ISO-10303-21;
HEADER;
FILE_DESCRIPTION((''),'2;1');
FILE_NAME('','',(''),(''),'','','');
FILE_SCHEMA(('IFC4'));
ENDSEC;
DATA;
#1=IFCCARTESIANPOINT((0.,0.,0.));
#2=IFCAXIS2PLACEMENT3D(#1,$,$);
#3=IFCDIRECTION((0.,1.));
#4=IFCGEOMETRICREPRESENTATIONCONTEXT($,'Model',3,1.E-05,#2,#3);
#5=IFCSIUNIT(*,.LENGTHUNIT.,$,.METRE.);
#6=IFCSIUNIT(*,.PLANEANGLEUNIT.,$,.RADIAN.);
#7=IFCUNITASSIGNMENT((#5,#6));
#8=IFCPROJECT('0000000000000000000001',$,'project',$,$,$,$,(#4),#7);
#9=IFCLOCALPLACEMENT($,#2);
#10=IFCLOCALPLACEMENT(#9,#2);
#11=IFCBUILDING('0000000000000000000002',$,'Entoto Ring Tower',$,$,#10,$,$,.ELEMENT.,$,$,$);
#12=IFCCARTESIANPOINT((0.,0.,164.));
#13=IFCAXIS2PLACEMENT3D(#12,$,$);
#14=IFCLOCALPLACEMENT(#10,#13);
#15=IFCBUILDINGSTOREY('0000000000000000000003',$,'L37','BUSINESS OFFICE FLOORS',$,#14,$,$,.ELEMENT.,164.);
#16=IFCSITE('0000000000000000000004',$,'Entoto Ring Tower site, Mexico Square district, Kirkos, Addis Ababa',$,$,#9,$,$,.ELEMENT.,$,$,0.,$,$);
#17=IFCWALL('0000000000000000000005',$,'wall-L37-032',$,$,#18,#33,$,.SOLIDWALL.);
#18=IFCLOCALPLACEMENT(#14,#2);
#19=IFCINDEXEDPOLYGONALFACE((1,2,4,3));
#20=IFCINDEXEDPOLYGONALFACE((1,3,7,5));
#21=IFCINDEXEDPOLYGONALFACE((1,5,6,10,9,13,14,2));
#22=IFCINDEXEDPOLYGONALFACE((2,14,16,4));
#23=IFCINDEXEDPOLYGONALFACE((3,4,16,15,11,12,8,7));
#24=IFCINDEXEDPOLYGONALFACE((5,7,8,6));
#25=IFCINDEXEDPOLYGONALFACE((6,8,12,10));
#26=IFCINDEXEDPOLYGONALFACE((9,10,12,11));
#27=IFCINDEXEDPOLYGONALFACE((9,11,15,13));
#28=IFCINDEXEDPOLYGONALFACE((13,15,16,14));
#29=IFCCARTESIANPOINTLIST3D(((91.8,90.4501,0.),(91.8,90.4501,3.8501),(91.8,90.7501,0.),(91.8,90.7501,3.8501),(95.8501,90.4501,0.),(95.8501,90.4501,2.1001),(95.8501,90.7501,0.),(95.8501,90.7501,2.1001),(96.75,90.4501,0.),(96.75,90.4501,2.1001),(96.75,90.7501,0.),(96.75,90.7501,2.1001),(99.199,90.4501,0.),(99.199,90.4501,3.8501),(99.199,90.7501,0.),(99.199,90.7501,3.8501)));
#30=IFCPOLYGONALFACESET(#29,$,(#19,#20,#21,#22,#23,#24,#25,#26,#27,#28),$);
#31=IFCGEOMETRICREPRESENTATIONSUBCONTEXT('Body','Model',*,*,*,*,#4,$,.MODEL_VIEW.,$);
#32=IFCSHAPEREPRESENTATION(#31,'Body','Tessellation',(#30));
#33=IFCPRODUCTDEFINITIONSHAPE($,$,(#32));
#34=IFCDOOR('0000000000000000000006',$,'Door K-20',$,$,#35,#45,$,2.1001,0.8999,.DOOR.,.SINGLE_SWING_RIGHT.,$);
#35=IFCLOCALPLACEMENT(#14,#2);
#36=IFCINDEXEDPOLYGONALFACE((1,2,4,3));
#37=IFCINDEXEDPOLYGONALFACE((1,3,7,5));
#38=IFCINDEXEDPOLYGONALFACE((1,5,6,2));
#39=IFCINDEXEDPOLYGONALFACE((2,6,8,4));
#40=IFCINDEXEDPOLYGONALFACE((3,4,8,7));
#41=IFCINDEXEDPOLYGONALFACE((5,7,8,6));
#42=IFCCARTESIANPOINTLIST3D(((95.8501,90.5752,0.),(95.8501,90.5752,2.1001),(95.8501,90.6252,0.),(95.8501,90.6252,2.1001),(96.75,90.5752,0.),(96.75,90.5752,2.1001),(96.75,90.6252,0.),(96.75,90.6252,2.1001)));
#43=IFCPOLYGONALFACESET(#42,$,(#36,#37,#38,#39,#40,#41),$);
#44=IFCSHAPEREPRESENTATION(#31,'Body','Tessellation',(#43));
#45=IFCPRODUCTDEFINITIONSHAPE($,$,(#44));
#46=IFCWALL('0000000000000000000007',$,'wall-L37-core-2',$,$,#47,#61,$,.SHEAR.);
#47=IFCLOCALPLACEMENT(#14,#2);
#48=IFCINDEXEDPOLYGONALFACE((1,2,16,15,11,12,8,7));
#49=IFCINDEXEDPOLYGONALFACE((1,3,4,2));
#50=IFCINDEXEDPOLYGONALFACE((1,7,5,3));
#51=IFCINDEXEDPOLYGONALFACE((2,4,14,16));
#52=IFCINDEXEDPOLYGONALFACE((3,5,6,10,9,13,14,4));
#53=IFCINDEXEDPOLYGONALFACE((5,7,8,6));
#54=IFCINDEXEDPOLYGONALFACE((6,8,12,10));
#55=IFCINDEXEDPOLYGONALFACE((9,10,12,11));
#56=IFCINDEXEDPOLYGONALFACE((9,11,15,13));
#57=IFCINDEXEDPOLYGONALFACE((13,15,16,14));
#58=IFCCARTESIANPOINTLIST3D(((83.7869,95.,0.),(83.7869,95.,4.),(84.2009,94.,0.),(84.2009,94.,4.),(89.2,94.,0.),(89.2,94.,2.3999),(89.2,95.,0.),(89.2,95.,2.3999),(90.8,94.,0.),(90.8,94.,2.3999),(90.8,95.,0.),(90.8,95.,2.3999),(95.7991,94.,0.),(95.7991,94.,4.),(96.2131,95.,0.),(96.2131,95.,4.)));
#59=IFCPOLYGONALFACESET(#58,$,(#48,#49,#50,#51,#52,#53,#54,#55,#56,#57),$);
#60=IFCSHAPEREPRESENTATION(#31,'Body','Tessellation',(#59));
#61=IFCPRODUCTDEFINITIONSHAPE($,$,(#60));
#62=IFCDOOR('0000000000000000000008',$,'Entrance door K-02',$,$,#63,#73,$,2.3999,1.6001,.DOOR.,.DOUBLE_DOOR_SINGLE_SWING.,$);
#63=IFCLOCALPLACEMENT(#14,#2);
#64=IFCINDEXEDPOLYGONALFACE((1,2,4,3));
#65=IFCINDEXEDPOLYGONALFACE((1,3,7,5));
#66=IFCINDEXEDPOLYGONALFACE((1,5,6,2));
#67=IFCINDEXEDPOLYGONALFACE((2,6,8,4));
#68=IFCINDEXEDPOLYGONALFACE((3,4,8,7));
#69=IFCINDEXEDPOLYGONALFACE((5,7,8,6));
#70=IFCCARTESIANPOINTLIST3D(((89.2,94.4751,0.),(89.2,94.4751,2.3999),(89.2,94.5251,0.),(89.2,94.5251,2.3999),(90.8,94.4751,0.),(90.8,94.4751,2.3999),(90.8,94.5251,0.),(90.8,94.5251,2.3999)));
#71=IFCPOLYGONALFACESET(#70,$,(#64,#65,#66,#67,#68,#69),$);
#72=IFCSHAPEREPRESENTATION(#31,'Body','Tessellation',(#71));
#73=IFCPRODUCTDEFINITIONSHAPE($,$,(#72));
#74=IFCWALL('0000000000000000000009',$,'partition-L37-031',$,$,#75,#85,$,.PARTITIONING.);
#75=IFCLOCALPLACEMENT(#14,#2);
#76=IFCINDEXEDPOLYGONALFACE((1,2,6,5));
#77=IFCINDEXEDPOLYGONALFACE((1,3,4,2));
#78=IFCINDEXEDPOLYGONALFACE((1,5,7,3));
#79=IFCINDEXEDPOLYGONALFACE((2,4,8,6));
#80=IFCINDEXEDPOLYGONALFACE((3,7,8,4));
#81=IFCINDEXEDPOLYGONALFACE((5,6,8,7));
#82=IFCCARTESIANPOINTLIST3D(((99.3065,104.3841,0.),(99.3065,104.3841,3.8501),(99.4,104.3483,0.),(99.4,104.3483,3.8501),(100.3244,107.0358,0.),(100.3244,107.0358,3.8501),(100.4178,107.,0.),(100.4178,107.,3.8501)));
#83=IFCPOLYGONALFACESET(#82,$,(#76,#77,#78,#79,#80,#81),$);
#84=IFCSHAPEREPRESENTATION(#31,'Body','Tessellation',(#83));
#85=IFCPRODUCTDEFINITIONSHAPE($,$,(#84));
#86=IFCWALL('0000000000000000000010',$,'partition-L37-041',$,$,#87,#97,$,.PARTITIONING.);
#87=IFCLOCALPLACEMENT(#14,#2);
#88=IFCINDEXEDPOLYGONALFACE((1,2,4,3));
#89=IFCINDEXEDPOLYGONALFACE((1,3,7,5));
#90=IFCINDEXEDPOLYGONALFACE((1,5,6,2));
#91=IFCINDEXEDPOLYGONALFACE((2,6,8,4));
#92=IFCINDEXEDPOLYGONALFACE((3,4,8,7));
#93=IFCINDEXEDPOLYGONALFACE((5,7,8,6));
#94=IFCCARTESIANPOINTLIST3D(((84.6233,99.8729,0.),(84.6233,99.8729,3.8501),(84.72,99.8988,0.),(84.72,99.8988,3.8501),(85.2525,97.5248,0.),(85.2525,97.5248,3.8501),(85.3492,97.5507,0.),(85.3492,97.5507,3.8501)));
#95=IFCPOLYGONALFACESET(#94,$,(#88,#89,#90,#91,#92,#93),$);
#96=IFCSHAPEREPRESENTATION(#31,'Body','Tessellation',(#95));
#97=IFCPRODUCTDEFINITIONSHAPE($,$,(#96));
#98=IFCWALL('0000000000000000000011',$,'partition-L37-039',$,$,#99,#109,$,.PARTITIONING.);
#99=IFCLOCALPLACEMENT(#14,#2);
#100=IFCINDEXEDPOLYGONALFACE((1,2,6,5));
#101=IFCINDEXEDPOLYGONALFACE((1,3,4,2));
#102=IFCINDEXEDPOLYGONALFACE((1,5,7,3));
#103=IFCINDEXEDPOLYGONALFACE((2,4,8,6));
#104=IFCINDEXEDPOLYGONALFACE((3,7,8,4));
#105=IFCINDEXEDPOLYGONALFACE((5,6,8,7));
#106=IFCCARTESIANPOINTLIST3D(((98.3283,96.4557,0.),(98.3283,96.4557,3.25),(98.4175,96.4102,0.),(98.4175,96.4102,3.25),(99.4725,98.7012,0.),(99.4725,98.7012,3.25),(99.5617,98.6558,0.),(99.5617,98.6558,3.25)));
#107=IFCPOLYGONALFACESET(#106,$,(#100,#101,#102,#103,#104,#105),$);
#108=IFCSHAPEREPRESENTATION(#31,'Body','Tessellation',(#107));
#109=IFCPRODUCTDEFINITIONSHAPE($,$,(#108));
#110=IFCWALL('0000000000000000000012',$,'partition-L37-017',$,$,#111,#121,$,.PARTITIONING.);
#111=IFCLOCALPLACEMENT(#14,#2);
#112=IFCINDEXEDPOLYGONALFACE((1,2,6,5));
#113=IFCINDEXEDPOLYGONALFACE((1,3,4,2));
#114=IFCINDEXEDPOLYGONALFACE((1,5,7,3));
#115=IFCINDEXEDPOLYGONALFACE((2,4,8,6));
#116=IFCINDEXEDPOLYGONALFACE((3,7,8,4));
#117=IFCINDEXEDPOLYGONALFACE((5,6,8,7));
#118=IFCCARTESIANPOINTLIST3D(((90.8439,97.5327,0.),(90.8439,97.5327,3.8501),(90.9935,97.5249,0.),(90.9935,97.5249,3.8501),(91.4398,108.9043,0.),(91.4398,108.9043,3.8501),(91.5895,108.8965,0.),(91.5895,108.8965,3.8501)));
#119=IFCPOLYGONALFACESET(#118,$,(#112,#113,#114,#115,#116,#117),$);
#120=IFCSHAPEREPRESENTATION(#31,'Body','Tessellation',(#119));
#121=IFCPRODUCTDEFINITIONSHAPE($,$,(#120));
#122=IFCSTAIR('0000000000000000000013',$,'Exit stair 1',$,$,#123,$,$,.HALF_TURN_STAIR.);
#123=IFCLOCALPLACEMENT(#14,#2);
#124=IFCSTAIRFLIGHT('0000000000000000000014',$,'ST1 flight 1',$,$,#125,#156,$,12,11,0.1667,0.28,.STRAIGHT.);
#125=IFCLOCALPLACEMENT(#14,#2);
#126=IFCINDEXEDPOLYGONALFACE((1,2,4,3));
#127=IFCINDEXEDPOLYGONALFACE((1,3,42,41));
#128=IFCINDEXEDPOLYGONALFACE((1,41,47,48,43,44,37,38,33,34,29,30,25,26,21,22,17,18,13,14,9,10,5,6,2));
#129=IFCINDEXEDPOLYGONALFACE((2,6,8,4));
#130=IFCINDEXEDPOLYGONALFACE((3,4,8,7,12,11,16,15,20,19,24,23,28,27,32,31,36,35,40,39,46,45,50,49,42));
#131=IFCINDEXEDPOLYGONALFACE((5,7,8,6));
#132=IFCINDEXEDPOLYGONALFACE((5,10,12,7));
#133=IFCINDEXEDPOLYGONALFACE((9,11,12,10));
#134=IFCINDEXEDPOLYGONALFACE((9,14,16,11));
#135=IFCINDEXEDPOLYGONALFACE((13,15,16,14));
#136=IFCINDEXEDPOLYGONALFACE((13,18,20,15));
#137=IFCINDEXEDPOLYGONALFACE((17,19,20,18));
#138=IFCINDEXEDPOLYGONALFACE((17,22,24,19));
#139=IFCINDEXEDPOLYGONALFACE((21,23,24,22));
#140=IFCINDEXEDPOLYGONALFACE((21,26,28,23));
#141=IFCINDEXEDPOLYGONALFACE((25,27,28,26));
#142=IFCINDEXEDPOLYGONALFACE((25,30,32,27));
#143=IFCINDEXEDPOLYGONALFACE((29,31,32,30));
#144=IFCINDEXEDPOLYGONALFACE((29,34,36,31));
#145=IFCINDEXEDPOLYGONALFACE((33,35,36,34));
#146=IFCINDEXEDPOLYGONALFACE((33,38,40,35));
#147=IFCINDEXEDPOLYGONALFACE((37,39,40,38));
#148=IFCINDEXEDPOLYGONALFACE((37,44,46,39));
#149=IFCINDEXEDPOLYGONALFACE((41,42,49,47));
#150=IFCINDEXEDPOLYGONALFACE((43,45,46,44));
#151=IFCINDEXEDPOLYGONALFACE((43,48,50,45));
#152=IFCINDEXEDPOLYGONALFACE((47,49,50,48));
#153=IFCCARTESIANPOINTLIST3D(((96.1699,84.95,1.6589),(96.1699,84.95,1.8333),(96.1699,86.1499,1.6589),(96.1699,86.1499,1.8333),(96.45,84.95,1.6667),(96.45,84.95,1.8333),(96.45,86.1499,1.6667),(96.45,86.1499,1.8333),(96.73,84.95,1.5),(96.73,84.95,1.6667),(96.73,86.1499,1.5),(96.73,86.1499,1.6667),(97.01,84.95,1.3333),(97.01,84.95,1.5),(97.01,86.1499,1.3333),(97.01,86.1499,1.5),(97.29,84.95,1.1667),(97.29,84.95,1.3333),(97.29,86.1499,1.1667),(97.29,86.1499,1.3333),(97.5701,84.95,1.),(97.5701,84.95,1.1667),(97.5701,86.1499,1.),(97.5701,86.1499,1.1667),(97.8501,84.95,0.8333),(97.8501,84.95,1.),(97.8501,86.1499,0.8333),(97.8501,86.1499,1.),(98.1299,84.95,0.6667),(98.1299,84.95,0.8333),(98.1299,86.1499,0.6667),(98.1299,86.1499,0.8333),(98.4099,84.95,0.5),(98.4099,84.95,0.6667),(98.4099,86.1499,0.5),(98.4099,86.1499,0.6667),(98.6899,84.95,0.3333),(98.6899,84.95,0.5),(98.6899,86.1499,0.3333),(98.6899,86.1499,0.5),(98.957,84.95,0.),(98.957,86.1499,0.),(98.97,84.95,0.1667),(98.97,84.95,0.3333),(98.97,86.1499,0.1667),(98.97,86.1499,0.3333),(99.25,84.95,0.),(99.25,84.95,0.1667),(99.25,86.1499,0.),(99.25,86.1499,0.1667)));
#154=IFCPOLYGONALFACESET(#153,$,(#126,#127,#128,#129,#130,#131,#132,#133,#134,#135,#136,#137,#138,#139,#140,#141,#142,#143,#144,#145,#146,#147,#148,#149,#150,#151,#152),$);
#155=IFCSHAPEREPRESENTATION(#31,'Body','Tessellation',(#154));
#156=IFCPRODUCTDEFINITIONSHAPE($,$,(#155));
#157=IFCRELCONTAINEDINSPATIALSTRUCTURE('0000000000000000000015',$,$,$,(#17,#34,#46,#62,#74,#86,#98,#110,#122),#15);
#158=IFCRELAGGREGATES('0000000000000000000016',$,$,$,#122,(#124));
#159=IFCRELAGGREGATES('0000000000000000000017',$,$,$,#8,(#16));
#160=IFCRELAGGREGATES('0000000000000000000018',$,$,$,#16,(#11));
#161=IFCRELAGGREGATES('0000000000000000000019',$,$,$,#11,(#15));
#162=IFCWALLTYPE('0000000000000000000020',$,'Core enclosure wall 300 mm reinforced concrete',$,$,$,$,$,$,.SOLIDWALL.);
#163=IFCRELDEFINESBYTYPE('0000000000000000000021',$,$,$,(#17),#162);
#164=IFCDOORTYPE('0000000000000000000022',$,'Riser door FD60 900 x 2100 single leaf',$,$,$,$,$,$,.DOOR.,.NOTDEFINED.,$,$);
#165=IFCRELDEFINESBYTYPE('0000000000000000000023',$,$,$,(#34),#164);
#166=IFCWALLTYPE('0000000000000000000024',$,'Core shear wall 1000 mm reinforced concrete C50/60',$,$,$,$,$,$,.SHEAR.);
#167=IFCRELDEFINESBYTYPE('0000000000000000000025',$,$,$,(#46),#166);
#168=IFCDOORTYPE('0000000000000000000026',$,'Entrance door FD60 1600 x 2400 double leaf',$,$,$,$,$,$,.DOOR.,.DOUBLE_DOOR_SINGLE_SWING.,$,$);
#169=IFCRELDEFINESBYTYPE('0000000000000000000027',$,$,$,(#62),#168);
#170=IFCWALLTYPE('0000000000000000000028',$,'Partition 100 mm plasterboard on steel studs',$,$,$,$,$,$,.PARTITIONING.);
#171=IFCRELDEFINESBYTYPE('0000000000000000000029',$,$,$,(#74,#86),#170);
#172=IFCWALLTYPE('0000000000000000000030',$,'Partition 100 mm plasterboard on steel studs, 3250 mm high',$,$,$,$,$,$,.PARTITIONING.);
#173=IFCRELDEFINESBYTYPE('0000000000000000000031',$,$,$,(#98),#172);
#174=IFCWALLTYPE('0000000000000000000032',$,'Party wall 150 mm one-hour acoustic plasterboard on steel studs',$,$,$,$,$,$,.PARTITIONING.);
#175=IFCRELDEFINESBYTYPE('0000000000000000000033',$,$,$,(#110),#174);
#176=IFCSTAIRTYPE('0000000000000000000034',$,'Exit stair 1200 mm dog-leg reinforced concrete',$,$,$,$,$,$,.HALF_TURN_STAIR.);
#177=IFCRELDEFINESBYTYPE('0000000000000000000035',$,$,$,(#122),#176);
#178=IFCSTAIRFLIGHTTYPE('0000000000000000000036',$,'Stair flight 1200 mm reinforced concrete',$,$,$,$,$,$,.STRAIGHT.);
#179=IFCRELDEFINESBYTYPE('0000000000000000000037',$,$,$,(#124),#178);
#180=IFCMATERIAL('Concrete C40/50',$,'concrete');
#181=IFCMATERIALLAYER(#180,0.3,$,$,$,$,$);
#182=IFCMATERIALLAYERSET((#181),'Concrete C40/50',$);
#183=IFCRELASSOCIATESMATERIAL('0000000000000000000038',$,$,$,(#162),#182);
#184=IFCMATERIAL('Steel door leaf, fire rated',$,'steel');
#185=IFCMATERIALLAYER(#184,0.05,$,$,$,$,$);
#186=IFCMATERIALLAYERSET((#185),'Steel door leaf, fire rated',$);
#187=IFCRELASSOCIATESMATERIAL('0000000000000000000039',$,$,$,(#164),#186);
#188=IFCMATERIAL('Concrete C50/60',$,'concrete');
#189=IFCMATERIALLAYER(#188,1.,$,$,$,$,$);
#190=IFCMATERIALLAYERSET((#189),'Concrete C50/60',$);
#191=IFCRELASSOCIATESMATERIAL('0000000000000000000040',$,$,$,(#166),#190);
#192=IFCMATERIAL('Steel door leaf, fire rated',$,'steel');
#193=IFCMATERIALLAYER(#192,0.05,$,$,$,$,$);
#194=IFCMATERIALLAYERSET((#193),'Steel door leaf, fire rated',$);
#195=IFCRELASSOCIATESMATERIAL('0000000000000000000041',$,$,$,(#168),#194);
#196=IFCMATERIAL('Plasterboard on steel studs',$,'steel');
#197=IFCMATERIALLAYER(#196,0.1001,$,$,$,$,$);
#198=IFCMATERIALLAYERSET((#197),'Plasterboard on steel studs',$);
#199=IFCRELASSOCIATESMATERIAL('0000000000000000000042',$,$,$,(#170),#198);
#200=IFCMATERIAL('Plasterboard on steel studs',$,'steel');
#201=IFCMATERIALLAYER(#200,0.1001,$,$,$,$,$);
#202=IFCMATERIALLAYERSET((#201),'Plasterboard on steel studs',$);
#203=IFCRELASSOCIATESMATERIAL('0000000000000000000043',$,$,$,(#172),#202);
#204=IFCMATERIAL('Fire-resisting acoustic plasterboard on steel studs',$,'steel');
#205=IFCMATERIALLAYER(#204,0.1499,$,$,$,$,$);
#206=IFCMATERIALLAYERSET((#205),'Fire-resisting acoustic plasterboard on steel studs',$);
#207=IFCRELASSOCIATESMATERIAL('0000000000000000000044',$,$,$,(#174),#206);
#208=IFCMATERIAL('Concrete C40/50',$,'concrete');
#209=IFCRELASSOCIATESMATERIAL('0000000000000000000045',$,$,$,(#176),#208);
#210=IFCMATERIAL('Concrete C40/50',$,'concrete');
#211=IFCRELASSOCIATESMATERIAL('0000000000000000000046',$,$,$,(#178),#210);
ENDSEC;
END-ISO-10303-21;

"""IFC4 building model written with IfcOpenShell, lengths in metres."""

from ifc_helpers import new_model, si_unit, direction, frame, frame_2d, origin, place, context, subcontext, project, spatial, polyline, rectangle, outline, extrude, material, layer, layer_set, type_object, element, fill, aggregate, save


model = new_model("IFC4")

# Units and contexts
model_context = context("Model", 3, precision=1e-05, world=origin(), true_north=direction((0.0, 1.0)))
body_context = subcontext(model_context, "Body", "Model", "MODEL_VIEW")
ifc_project = project(units=[si_unit("LENGTHUNIT", "METRE"), si_unit("PLANEANGLEUNIT", "RADIAN")], contexts=[model_context])

# Site, building, storey
site_placement = place(None, origin())
site = spatial("IfcSite", under=ifc_project, at=site_placement, Name="Entoto Ring Tower site, Mexico Square district, Kirkos, Addis Ababa", CompositionType="ELEMENT", RefElevation=0.0)
building_placement = place(site_placement, origin())
building = spatial("IfcBuilding", under=site, at=building_placement, Name="Entoto Ring Tower", CompositionType="ELEMENT")
storey_placement = place(building_placement, frame((0.0, 0.0, 164.0)))
storey = spatial("IfcBuildingStorey", under=building, at=storey_placement, Name="L37", Description="BUSINESS OFFICE FLOORS", CompositionType="ELEMENT", Elevation=164.0)

# Shared definitions
ifc_material_1 = material(Name="Concrete C40/50", Category="concrete")
ifc_layer_1 = layer(ifc_material_1, 0.3)
ifc_layer_set_1 = layer_set([ifc_layer_1], Name="Concrete C40/50")
wall_type_1 = type_object("IfcWallType", Name="Core enclosure wall 300 mm reinforced concrete", PredefinedType="SOLIDWALL", material=ifc_layer_set_1)

# Walls, openings, doors
wall_1_placement = place(storey_placement, frame((91.8, 90.6001, 0.0), z_axis=(0.0, 0.0, 1.0), x_axis=(1.0, 0.0, 0.0)))
wall_1 = element("IfcWall", 1, at=wall_1_placement, inside=storey, type_object=wall_type_1, Name="wall-L37-032", PredefinedType="SOLIDWALL", context=body_context, shape_type="SweptSolid", body=[
    extrude(rectangle(XDim=7.3989, YDim=0.3, at=frame_2d((3.6995, 0.0))), origin(), (0.0, 0.0, 1.0), 3.8501),
])
opening_1_placement = place(wall_1_placement, frame((4.05, 0.0, 0.0)))
opening_1 = element("IfcOpeningElement", 2, at=opening_1_placement, cuts=wall_1, PredefinedType="OPENING", context=body_context, shape_type="SweptSolid", body=[
    extrude(rectangle(XDim=0.8999, YDim=2.1001, at=frame_2d((0.45, 1.05))), frame((0.0, 0.1602, 0.0), z_axis=(0.0, -1.0, 0.0), x_axis=(1.0, 0.0, 0.0)), (0.0, 0.0, 1.0), 0.3201),
])
ifc_material_2 = material(Name="Steel door leaf, fire rated", Category="steel")
ifc_layer_2 = layer(ifc_material_2, 0.05)
ifc_layer_set_2 = layer_set([ifc_layer_2], Name="Steel door leaf, fire rated")
door_type_1 = type_object("IfcDoorType", Name="Riser door FD60 900 x 2100 single leaf", OperationType="NOTDEFINED", PredefinedType="DOOR", material=ifc_layer_set_2)
door_1_placement = place(opening_1_placement, frame((0.8999, 0.0, 0.0), z_axis=(0.0, 0.0, 1.0), x_axis=(-1.0, 0.0, 0.0)))
door_1 = element("IfcDoor", 3, at=door_1_placement, inside=storey, type_object=door_type_1, Name="Door K-20", OperationType="SINGLE_SWING_RIGHT", OverallHeight=2.1001, OverallWidth=0.8999, PredefinedType="DOOR", context=body_context, shape_type="SweptSolid", body=[
    extrude(rectangle(XDim=0.8999, YDim=2.1001, at=frame_2d((0.45, 1.05))), frame((0.0, 0.0249, 0.0), z_axis=(0.0, -1.0, 0.0), x_axis=(1.0, 0.0, 0.0)), (0.0, 0.0, 1.0), 0.05),
])
fill(opening_1, door_1)
ifc_material_3 = material(Name="Concrete C50/60", Category="concrete")
ifc_layer_3 = layer(ifc_material_3, 1.0)
ifc_layer_set_3 = layer_set([ifc_layer_3], Name="Concrete C50/60")
wall_type_2 = type_object("IfcWallType", Name="Core shear wall 1000 mm reinforced concrete C50/60", PredefinedType="SHEAR", material=ifc_layer_set_3)
wall_2_placement = place(storey_placement, frame((96.0061, 94.5, 0.0), z_axis=(0.0, 0.0, 1.0), x_axis=(-1.0, 0.0, 0.0)))
wall_2 = element("IfcWall", 4, at=wall_2_placement, inside=storey, type_object=wall_type_2, Name="wall-L37-core-2", PredefinedType="SHEAR", context=body_context, shape_type="SweptSolid", body=[
    extrude(outline(polyline([(-0.207, -0.5), (12.2192, -0.5), (11.8052, 0.5), (0.207, 0.5), (-0.207, -0.5)])), origin(), (0.0, 0.0, 1.0), 4.0),
])
opening_2_placement = place(wall_2_placement, frame((5.2061, 0.0, 0.0)))
opening_2 = element("IfcOpeningElement", 5, at=opening_2_placement, cuts=wall_2, PredefinedType="OPENING", context=body_context, shape_type="SweptSolid", body=[
    extrude(rectangle(XDim=1.6001, YDim=2.3999, at=frame_2d((0.8, 1.2))), frame((0.0, 0.51, 0.0), z_axis=(0.0, -1.0, 0.0), x_axis=(1.0, 0.0, 0.0)), (0.0, 0.0, 1.0), 1.02),
])
ifc_material_4 = material(Name="Steel door leaf, fire rated", Category="steel")
ifc_layer_4 = layer(ifc_material_4, 0.05)
ifc_layer_set_4 = layer_set([ifc_layer_4], Name="Steel door leaf, fire rated")
door_type_2 = type_object("IfcDoorType", Name="Entrance door FD60 1600 x 2400 double leaf", OperationType="DOUBLE_DOOR_SINGLE_SWING", PredefinedType="DOOR", material=ifc_layer_set_4)
door_2_placement = place(opening_2_placement, origin())
door_2 = element("IfcDoor", 6, at=door_2_placement, inside=storey, type_object=door_type_2, Name="Entrance door K-02", OperationType="DOUBLE_DOOR_SINGLE_SWING", OverallHeight=2.3999, OverallWidth=1.6001, PredefinedType="DOOR", context=body_context, shape_type="SweptSolid", body=[
    extrude(rectangle(XDim=1.6001, YDim=2.3999, at=frame_2d((0.8, 1.2))), frame((0.0, 0.0249, 0.0), z_axis=(0.0, -1.0, 0.0), x_axis=(1.0, 0.0, 0.0)), (0.0, 0.0, 1.0), 0.05),
])
fill(opening_2, door_2)

# Walls
ifc_material_5 = material(Name="Plasterboard on steel studs", Category="steel")
ifc_layer_5 = layer(ifc_material_5, 0.1001)
ifc_layer_set_5 = layer_set([ifc_layer_5], Name="Plasterboard on steel studs")
wall_type_3 = type_object("IfcWallType", Name="Partition 100 mm plasterboard on steel studs", PredefinedType="PARTITIONING", material=ifc_layer_set_5)
wall_3_placement = place(storey_placement, frame((99.3533, 104.3662, 0.0), z_axis=(0.0, 0.0, 1.0), x_axis=(0.358357, 0.933585, 0.0)))
element("IfcWall", 7, at=wall_3_placement, inside=storey, type_object=wall_type_3, Name="partition-L37-031", PredefinedType="PARTITIONING", context=body_context, shape_type="SweptSolid", body=[
    extrude(rectangle(XDim=2.8403, YDim=0.1001, at=frame_2d((1.4202, 0.0))), origin(), (0.0, 0.0, 1.0), 3.8501),
])
wall_4_placement = place(storey_placement, frame((85.3008, 97.5378, 0.0), z_axis=(0.0, 0.0, 1.0), x_axis=(-0.258806, 0.965929, 0.0)))
element("IfcWall", 8, at=wall_4_placement, inside=storey, type_object=wall_type_3, Name="partition-L37-041", PredefinedType="PARTITIONING", context=body_context, shape_type="SweptSolid", body=[
    extrude(rectangle(XDim=2.4309, YDim=0.1001, at=frame_2d((1.2153, 0.0))), origin(), (0.0, 0.0, 1.0), 3.8501),
])
ifc_material_6 = material(Name="Plasterboard on steel studs", Category="steel")
ifc_layer_6 = layer(ifc_material_6, 0.1001)
ifc_layer_set_6 = layer_set([ifc_layer_6], Name="Plasterboard on steel studs")
wall_type_4 = type_object("IfcWallType", Name="Partition 100 mm plasterboard on steel studs, 3250 mm high", PredefinedType="PARTITIONING", material=ifc_layer_set_6)
wall_5_placement = place(storey_placement, frame((98.3728, 96.4329, 0.0), z_axis=(0.0, 0.0, 1.0), x_axis=(0.45402, 0.890991, 0.0)))
element("IfcWall", 9, at=wall_5_placement, inside=storey, type_object=wall_type_4, Name="partition-L37-039", PredefinedType="PARTITIONING", context=body_context, shape_type="SweptSolid", body=[
    extrude(rectangle(XDim=2.5203, YDim=0.1001, at=frame_2d((1.2603, 0.0))), origin(), (0.0, 0.0, 1.0), 3.25),
])
ifc_material_7 = material(Name="Fire-resisting acoustic plasterboard on steel studs", Category="steel")
ifc_layer_7 = layer(ifc_material_7, 0.1499)
ifc_layer_set_7 = layer_set([ifc_layer_7], Name="Fire-resisting acoustic plasterboard on steel studs")
wall_type_5 = type_object("IfcWallType", Name="Party wall 150 mm one-hour acoustic plasterboard on steel studs", PredefinedType="PARTITIONING", material=ifc_layer_set_7)
wall_6_placement = place(storey_placement, frame((90.9187, 97.5288, 0.0), z_axis=(0.0, 0.0, 1.0), x_axis=(0.052335, 0.99863, 0.0)))
element("IfcWall", 10, at=wall_6_placement, inside=storey, type_object=wall_type_5, Name="partition-L37-017", PredefinedType="PARTITIONING", context=body_context, shape_type="SweptSolid", body=[
    extrude(rectangle(XDim=11.3872, YDim=0.1499, at=frame_2d((5.6936, 0.0))), origin(), (0.0, 0.0, 1.0), 3.8501),
])

# Stair, stair flight
ifc_material_8 = material(Name="Concrete C40/50", Category="concrete")
stair_type = type_object("IfcStairType", Name="Exit stair 1200 mm dog-leg reinforced concrete", PredefinedType="HALF_TURN_STAIR", material=ifc_material_8)
stair_placement = place(storey_placement, origin())
stair = element("IfcStair", 11, at=stair_placement, inside=storey, type_object=stair_type, Name="Exit stair 1", PredefinedType="HALF_TURN_STAIR")
ifc_material_9 = material(Name="Concrete C40/50", Category="concrete")
stair_flight_type = type_object("IfcStairFlightType", Name="Stair flight 1200 mm reinforced concrete", PredefinedType="STRAIGHT", material=ifc_material_9)
stair_flight_1_placement = place(storey_placement, frame((99.25, 85.55, 0.0), z_axis=(0.0, 0.0, 1.0), x_axis=(-1.0, 0.0, 0.0)))
stair_flight_1 = element("IfcStairFlight", 12, at=stair_flight_1_placement, type_object=stair_flight_type, Name="ST1 flight 1", NumberOfRisers=12, NumberOfTreads=11, PredefinedType="STRAIGHT", RiserHeight=0.1667, TreadLength=0.28, context=body_context, shape_type="SweptSolid", body=[
    extrude(outline(polyline([(0.0, 0.0), (0.0, 0.1667), (0.28, 0.1667), (0.28, 0.3333), (0.5601, 0.3333), (0.5601, 0.5), (0.8401, 0.5), (0.8401, 0.6667), (1.1201, 0.6667), (1.1201, 0.8333), (1.3999, 0.8333), (1.3999, 1.0), (1.6799, 1.0), (1.6799, 1.1667), (1.96, 1.1667), (1.96, 1.3333), (2.24, 1.3333), (2.24, 1.5), (2.52, 1.5), (2.52, 1.6667), (2.8, 1.6667), (2.8, 1.8333), (3.0801, 1.8333), (3.0801, 2.0), (3.0801, 1.6589), (0.293, 0.0), (0.0, 0.0)])), frame((0.0, 0.6001, 0.0), z_axis=(0.0, -1.0, 0.0), x_axis=(1.0, 0.0, 0.0)), (0.0, 0.0, 1.0), 1.2),
])
aggregate(stair, [stair_flight_1])

save(model, "model.ifc")
